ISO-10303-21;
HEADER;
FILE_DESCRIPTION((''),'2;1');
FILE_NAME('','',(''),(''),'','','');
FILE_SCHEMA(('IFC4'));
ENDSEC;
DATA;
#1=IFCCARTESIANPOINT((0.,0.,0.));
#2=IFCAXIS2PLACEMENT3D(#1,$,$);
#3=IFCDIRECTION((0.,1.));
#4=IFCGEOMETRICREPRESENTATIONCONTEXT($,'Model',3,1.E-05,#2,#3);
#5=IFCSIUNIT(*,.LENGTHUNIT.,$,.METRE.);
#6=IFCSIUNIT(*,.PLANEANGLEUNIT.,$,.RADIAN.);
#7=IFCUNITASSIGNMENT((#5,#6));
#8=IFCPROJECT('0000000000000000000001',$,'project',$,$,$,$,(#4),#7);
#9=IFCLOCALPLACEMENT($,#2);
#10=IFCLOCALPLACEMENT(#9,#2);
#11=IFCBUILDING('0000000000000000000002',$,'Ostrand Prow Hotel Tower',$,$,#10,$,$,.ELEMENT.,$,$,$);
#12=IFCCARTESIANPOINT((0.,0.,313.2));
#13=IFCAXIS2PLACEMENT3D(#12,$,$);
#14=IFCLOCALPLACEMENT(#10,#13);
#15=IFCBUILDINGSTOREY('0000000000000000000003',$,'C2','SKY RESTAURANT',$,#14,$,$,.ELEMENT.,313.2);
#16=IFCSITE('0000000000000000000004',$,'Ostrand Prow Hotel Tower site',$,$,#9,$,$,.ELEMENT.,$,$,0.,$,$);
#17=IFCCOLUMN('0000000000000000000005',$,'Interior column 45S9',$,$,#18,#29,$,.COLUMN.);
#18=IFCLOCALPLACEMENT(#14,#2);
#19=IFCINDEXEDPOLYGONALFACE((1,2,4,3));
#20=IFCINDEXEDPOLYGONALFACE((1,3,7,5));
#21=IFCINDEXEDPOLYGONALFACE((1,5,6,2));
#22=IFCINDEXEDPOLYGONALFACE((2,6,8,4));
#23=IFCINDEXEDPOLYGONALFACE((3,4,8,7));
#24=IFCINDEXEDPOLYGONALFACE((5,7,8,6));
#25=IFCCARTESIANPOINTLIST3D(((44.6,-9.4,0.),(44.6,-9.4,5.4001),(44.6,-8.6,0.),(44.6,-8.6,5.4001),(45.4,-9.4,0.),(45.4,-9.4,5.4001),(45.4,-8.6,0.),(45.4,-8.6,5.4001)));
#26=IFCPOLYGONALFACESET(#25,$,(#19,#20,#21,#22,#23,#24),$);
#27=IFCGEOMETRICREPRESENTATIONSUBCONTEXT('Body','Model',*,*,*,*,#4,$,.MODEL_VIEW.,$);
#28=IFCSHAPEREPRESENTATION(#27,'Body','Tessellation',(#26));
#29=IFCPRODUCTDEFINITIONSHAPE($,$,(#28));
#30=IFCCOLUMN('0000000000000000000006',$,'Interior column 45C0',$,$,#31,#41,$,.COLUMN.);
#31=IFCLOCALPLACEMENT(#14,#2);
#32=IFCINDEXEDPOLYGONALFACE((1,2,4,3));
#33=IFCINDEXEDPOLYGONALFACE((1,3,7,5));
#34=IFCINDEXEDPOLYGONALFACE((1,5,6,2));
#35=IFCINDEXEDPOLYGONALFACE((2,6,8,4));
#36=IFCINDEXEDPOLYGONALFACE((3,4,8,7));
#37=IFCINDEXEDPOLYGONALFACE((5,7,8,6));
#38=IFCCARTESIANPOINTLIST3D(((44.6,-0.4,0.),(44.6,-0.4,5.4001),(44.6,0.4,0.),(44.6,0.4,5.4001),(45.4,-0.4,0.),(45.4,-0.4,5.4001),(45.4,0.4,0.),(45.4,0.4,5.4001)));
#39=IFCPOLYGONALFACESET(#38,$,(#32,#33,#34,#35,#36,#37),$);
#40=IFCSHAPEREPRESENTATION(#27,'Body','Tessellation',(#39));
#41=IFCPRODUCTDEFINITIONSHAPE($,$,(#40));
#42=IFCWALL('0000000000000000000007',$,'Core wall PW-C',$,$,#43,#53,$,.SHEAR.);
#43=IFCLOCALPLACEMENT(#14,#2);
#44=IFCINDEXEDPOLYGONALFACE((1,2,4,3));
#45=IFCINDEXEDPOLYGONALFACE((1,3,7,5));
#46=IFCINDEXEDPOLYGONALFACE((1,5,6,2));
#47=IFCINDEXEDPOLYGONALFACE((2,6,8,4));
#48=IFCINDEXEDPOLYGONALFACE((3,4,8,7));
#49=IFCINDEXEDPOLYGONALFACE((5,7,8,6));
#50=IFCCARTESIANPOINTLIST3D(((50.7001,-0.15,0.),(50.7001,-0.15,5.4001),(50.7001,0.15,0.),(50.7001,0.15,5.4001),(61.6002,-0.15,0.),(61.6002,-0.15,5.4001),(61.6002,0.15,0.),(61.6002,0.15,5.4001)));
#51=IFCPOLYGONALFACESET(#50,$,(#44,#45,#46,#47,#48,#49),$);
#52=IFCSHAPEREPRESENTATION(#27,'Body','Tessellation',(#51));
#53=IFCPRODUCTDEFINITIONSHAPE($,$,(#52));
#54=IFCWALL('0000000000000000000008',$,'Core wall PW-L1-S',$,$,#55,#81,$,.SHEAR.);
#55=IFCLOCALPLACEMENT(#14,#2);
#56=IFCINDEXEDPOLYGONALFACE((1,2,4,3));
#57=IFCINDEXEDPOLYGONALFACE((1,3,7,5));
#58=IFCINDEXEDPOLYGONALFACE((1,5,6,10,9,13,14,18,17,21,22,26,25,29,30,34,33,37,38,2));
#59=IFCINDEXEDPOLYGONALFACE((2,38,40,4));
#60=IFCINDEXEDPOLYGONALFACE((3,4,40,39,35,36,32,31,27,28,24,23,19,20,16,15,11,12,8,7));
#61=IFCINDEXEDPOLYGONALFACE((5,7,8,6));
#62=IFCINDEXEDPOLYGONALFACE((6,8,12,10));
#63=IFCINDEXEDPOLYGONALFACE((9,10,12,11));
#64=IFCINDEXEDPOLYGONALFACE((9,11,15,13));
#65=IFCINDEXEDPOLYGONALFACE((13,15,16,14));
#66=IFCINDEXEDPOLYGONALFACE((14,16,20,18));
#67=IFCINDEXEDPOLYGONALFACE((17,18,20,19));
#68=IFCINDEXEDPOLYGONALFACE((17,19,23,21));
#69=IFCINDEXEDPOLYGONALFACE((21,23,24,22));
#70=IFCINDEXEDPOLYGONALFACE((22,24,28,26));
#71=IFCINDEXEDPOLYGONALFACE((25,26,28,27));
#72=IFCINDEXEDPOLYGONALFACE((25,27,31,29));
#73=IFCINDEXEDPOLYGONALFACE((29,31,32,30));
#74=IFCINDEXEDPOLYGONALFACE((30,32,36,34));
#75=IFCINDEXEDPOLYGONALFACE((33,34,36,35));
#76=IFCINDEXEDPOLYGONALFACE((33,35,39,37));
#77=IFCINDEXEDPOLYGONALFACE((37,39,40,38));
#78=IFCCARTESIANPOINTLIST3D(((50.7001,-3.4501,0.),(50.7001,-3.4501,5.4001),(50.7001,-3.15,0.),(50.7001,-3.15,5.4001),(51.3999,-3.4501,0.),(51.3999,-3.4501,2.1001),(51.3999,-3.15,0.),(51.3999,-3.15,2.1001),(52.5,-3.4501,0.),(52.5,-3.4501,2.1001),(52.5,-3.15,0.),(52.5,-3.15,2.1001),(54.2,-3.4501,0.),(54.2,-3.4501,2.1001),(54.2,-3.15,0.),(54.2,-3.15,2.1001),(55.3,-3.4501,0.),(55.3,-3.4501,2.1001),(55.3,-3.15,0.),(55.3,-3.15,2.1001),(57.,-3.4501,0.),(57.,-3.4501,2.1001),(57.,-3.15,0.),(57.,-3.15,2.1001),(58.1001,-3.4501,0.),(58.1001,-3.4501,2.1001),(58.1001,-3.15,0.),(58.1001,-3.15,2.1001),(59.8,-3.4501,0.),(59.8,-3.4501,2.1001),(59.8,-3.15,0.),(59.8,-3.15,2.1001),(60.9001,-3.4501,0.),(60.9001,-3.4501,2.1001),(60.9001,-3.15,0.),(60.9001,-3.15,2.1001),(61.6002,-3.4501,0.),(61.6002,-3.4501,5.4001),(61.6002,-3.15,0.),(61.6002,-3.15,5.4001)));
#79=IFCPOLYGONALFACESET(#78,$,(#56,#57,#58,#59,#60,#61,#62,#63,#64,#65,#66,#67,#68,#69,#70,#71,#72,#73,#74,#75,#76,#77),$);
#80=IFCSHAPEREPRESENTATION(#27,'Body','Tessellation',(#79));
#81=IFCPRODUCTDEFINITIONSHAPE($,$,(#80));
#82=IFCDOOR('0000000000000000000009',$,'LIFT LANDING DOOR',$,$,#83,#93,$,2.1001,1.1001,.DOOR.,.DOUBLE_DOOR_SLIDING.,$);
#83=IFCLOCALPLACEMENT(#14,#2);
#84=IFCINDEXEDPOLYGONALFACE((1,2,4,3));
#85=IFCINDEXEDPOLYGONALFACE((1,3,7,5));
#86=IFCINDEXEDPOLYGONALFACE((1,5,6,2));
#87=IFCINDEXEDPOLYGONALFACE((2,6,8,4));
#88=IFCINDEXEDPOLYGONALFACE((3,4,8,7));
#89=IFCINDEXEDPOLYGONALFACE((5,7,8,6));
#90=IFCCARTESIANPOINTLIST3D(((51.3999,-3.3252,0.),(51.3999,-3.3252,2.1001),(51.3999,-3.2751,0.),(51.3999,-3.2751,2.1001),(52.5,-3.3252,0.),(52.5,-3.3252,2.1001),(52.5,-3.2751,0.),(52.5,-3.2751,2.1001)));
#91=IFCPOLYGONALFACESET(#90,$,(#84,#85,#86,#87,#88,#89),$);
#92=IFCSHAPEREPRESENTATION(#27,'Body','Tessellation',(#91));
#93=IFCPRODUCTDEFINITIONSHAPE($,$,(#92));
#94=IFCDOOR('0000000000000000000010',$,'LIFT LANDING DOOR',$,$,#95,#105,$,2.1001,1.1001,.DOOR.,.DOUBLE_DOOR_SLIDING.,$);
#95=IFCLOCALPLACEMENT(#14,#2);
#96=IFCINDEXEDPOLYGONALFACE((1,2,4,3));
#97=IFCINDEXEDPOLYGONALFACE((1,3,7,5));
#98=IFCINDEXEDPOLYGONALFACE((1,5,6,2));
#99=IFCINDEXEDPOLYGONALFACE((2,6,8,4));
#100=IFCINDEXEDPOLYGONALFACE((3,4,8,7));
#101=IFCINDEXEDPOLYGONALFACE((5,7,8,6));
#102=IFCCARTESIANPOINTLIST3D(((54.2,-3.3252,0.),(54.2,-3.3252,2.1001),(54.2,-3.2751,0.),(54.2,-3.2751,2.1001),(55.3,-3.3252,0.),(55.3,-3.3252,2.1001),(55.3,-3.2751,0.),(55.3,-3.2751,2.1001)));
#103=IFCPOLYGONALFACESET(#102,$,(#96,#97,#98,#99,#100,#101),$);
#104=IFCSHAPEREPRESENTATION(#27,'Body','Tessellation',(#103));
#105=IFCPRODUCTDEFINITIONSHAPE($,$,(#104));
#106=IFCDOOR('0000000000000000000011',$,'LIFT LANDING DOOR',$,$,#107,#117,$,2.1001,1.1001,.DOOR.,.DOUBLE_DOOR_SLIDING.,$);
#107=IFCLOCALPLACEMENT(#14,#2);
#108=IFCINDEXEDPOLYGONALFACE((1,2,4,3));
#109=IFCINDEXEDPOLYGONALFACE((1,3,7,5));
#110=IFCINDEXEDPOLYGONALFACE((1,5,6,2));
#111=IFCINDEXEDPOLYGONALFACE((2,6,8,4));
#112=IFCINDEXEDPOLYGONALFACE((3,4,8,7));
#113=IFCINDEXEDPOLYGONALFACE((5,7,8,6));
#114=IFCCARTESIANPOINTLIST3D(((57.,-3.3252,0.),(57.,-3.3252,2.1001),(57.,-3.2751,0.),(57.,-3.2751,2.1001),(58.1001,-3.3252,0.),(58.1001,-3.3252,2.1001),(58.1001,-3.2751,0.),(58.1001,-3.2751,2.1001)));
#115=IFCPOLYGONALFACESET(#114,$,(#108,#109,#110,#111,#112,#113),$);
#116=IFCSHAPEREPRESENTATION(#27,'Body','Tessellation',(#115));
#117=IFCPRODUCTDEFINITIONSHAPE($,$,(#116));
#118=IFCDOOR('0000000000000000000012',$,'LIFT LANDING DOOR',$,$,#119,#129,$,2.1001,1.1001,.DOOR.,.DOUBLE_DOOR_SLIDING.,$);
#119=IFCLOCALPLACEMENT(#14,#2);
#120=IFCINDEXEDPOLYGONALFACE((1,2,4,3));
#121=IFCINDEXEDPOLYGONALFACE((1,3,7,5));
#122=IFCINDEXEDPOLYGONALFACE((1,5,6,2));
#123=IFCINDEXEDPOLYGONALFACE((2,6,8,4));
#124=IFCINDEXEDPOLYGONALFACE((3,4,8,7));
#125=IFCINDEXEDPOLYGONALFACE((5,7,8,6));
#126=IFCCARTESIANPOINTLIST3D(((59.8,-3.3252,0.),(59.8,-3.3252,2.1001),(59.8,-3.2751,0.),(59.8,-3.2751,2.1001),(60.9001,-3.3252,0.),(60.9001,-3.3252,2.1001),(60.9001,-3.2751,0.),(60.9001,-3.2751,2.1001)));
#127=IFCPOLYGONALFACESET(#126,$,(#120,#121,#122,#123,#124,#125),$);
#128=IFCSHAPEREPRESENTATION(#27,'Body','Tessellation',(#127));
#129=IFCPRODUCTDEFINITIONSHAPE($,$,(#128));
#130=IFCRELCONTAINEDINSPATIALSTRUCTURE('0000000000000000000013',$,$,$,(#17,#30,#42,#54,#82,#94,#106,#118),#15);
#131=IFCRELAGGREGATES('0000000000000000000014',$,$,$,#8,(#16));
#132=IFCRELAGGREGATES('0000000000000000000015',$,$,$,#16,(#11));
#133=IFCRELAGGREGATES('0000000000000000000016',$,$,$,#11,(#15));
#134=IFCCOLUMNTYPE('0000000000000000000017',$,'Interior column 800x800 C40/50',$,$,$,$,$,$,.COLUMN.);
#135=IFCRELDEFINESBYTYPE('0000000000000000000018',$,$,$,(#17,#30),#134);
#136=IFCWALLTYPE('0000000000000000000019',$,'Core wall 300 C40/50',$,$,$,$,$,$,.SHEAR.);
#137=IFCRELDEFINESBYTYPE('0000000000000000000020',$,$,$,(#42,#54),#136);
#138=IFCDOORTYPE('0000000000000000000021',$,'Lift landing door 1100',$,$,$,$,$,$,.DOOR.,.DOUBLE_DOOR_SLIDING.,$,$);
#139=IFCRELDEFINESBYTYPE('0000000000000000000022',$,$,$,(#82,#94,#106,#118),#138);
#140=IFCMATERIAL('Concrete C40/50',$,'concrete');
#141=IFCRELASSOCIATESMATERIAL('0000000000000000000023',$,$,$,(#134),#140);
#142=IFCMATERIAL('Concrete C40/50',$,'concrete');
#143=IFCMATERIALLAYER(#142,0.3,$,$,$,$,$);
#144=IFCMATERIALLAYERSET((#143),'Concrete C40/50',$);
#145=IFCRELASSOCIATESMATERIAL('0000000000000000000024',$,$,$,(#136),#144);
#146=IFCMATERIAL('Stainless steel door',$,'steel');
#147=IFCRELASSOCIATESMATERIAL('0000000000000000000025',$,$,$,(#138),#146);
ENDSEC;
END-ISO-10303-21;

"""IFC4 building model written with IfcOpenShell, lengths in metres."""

from ifc_helpers import new_model, si_unit, direction, frame, frame_2d, origin, origin_2d, place, context, subcontext, project, spatial, rectangle, extrude, material, layer, layer_set, material_profile, profile_set, type_object, element, fill, save


model = new_model("IFC4")

# Units and contexts
model_context = context("Model", 3, precision=1e-05, world=origin(), true_north=direction((0.0, 1.0)))
body_context = subcontext(model_context, "Body", "Model", "MODEL_VIEW")
ifc_project = project(units=[si_unit("LENGTHUNIT", "METRE"), si_unit("PLANEANGLEUNIT", "RADIAN")], contexts=[model_context])

# Site, building, storey
site_placement = place(None, origin())
site = spatial("IfcSite", under=ifc_project, at=site_placement, Name="Ostrand Prow Hotel Tower site", CompositionType="ELEMENT", RefElevation=0.0)
building_placement = place(site_placement, origin())
building = spatial("IfcBuilding", under=site, at=building_placement, Name="Ostrand Prow Hotel Tower", CompositionType="ELEMENT")
storey_placement = place(building_placement, frame((0.0, 0.0, 313.2)))
storey = spatial("IfcBuildingStorey", under=building, at=storey_placement, Name="C2", Description="SKY RESTAURANT", CompositionType="ELEMENT", Elevation=313.2)

# Columns
ifc_material_1 = material(Name="Concrete C40/50", Category="concrete")
ifc_material_profile = material_profile(ifc_material_1, rectangle(XDim=0.8, YDim=0.8, at=origin_2d()), Name="RC 800x800")
ifc_profile_set = profile_set([ifc_material_profile], Name="Concrete C40/50")
column_type = type_object("IfcColumnType", Name="Interior column 800x800 C40/50", PredefinedType="COLUMN", material=ifc_profile_set)
for number, where, z_axis, x_axis, name in (
    (1, (45.0, -9.0, 0.0), (0.0, 0.0, 1.0), (1.0, 0.0, 0.0), "Interior column 45S9"),
    (2, (45.0, 0.0, 0.0), (0.0, 0.0, 1.0), (1.0, 0.0, 0.0), "Interior column 45C0"),
):
    element("IfcColumn", number, at=place(storey_placement, frame(where, z_axis=z_axis, x_axis=x_axis)), inside=storey, type_object=column_type, Name=name, PredefinedType="COLUMN", context=body_context, shape_type="SweptSolid", body=[
        extrude(rectangle(XDim=0.8, YDim=0.8, at=origin_2d()), origin(), (0.0, 0.0, 1.0), 5.4001),
    ])

# Wall
ifc_material_2 = material(Name="Concrete C40/50", Category="concrete")
ifc_layer_1 = layer(ifc_material_2, 0.3)
ifc_layer_set_1 = layer_set([ifc_layer_1], Name="Concrete C40/50")
wall_type_1 = type_object("IfcWallType", Name="Core wall 300 C40/50", PredefinedType="SHEAR", material=ifc_layer_set_1)
wall_1_placement = place(storey_placement, frame((50.7, 0.0, 0.0), z_axis=(0.0, 0.0, 1.0), x_axis=(1.0, 0.0, 0.0)))
element("IfcWall", 3, at=wall_1_placement, inside=storey, type_object=wall_type_1, Name="Core wall PW-C", PredefinedType="SHEAR", context=body_context, shape_type="SweptSolid", body=[
    extrude(rectangle(XDim=10.9001, YDim=0.3, at=frame_2d((5.4502, 0.0))), origin(), (0.0, 0.0, 1.0), 5.4001),
])

# Wall, openings, doors
wall_2_placement = place(storey_placement, frame((50.7, -3.3, 0.0), z_axis=(0.0, 0.0, 1.0), x_axis=(1.0, 0.0, 0.0)))
wall_2 = element("IfcWall", 4, at=wall_2_placement, inside=storey, type_object=wall_type_1, Name="Core wall PW-L1-S", PredefinedType="SHEAR", context=body_context, shape_type="SweptSolid", body=[
    extrude(rectangle(XDim=10.9001, YDim=0.3, at=frame_2d((5.4502, 0.0))), origin(), (0.0, 0.0, 1.0), 5.4001),
])
opening_1_placement = place(wall_2_placement, frame((0.7, 0.0, 0.0)))
opening_1 = element("IfcOpeningElement", 5, at=opening_1_placement, cuts=wall_2, PredefinedType="OPENING", context=body_context, shape_type="SweptSolid", body=[
    extrude(rectangle(XDim=1.1001, YDim=2.1001, at=frame_2d((0.55, 1.05))), frame((0.0, 0.1599, 0.0), z_axis=(0.0, -1.0, 0.0), x_axis=(1.0, 0.0, 0.0)), (0.0, 0.0, 1.0), 0.3201),
])
opening_2_placement = place(wall_2_placement, frame((3.5, 0.0, 0.0)))
opening_2 = element("IfcOpeningElement", 6, at=opening_2_placement, cuts=wall_2, PredefinedType="OPENING", context=body_context, shape_type="SweptSolid", body=[
    extrude(rectangle(XDim=1.1001, YDim=2.1001, at=frame_2d((0.55, 1.05))), frame((0.0, 0.1599, 0.0), z_axis=(0.0, -1.0, 0.0), x_axis=(1.0, 0.0, 0.0)), (0.0, 0.0, 1.0), 0.3201),
])
opening_3_placement = place(wall_2_placement, frame((6.3, 0.0, 0.0)))
opening_3 = element("IfcOpeningElement", 7, at=opening_3_placement, cuts=wall_2, PredefinedType="OPENING", context=body_context, shape_type="SweptSolid", body=[
    extrude(rectangle(XDim=1.1001, YDim=2.1001, at=frame_2d((0.55, 1.05))), frame((0.0, 0.1599, 0.0), z_axis=(0.0, -1.0, 0.0), x_axis=(1.0, 0.0, 0.0)), (0.0, 0.0, 1.0), 0.3201),
])
opening_4_placement = place(wall_2_placement, frame((9.1001, 0.0, 0.0)))
opening_4 = element("IfcOpeningElement", 8, at=opening_4_placement, cuts=wall_2, PredefinedType="OPENING", context=body_context, shape_type="SweptSolid", body=[
    extrude(rectangle(XDim=1.1001, YDim=2.1001, at=frame_2d((0.55, 1.05))), frame((0.0, 0.1599, 0.0), z_axis=(0.0, -1.0, 0.0), x_axis=(1.0, 0.0, 0.0)), (0.0, 0.0, 1.0), 0.3201),
])
ifc_material_3 = material(Name="Stainless steel door", Category="steel")
door_type_1 = type_object("IfcDoorType", Name="Lift landing door 1100", OperationType="DOUBLE_DOOR_SLIDING", PredefinedType="DOOR", material=ifc_material_3)
door_1_placement = place(opening_1_placement, origin())
door_1 = element("IfcDoor", 9, at=door_1_placement, inside=storey, type_object=door_type_1, Name="LIFT LANDING DOOR", OperationType="DOUBLE_DOOR_SLIDING", OverallHeight=2.1001, OverallWidth=1.1001, PredefinedType="DOOR", context=body_context, shape_type="SweptSolid", body=[
    extrude(rectangle(XDim=1.1001, YDim=2.1001, at=frame_2d((0.55, 1.05))), frame((0.0, 0.0249, 0.0), z_axis=(0.0, -1.0, 0.0), x_axis=(1.0, 0.0, 0.0)), (0.0, 0.0, 1.0), 0.05),
])
fill(opening_1, door_1)
door_2_placement = place(opening_2_placement, origin())
door_2 = element("IfcDoor", 10, at=door_2_placement, inside=storey, type_object=door_type_1, Name="LIFT LANDING DOOR", OperationType="DOUBLE_DOOR_SLIDING", OverallHeight=2.1001, OverallWidth=1.1001, PredefinedType="DOOR", context=body_context, shape_type="SweptSolid", body=[
    extrude(rectangle(XDim=1.1001, YDim=2.1001, at=frame_2d((0.55, 1.05))), frame((0.0, 0.0249, 0.0), z_axis=(0.0, -1.0, 0.0), x_axis=(1.0, 0.0, 0.0)), (0.0, 0.0, 1.0), 0.05),
])
fill(opening_2, door_2)
door_3_placement = place(opening_3_placement, origin())
door_3 = element("IfcDoor", 11, at=door_3_placement, inside=storey, type_object=door_type_1, Name="LIFT LANDING DOOR", OperationType="DOUBLE_DOOR_SLIDING", OverallHeight=2.1001, OverallWidth=1.1001, PredefinedType="DOOR", context=body_context, shape_type="SweptSolid", body=[
    extrude(rectangle(XDim=1.1001, YDim=2.1001, at=frame_2d((0.55, 1.05))), frame((0.0, 0.0249, 0.0), z_axis=(0.0, -1.0, 0.0), x_axis=(1.0, 0.0, 0.0)), (0.0, 0.0, 1.0), 0.05),
])
fill(opening_3, door_3)
door_4_placement = place(opening_4_placement, origin())
door_4 = element("IfcDoor", 12, at=door_4_placement, inside=storey, type_object=door_type_1, Name="LIFT LANDING DOOR", OperationType="DOUBLE_DOOR_SLIDING", OverallHeight=2.1001, OverallWidth=1.1001, PredefinedType="DOOR", context=body_context, shape_type="SweptSolid", body=[
    extrude(rectangle(XDim=1.1001, YDim=2.1001, at=frame_2d((0.55, 1.05))), frame((0.0, 0.0249, 0.0), z_axis=(0.0, -1.0, 0.0), x_axis=(1.0, 0.0, 0.0)), (0.0, 0.0, 1.0), 0.05),
])
fill(opening_4, door_4)

save(model, "model.ifc")
